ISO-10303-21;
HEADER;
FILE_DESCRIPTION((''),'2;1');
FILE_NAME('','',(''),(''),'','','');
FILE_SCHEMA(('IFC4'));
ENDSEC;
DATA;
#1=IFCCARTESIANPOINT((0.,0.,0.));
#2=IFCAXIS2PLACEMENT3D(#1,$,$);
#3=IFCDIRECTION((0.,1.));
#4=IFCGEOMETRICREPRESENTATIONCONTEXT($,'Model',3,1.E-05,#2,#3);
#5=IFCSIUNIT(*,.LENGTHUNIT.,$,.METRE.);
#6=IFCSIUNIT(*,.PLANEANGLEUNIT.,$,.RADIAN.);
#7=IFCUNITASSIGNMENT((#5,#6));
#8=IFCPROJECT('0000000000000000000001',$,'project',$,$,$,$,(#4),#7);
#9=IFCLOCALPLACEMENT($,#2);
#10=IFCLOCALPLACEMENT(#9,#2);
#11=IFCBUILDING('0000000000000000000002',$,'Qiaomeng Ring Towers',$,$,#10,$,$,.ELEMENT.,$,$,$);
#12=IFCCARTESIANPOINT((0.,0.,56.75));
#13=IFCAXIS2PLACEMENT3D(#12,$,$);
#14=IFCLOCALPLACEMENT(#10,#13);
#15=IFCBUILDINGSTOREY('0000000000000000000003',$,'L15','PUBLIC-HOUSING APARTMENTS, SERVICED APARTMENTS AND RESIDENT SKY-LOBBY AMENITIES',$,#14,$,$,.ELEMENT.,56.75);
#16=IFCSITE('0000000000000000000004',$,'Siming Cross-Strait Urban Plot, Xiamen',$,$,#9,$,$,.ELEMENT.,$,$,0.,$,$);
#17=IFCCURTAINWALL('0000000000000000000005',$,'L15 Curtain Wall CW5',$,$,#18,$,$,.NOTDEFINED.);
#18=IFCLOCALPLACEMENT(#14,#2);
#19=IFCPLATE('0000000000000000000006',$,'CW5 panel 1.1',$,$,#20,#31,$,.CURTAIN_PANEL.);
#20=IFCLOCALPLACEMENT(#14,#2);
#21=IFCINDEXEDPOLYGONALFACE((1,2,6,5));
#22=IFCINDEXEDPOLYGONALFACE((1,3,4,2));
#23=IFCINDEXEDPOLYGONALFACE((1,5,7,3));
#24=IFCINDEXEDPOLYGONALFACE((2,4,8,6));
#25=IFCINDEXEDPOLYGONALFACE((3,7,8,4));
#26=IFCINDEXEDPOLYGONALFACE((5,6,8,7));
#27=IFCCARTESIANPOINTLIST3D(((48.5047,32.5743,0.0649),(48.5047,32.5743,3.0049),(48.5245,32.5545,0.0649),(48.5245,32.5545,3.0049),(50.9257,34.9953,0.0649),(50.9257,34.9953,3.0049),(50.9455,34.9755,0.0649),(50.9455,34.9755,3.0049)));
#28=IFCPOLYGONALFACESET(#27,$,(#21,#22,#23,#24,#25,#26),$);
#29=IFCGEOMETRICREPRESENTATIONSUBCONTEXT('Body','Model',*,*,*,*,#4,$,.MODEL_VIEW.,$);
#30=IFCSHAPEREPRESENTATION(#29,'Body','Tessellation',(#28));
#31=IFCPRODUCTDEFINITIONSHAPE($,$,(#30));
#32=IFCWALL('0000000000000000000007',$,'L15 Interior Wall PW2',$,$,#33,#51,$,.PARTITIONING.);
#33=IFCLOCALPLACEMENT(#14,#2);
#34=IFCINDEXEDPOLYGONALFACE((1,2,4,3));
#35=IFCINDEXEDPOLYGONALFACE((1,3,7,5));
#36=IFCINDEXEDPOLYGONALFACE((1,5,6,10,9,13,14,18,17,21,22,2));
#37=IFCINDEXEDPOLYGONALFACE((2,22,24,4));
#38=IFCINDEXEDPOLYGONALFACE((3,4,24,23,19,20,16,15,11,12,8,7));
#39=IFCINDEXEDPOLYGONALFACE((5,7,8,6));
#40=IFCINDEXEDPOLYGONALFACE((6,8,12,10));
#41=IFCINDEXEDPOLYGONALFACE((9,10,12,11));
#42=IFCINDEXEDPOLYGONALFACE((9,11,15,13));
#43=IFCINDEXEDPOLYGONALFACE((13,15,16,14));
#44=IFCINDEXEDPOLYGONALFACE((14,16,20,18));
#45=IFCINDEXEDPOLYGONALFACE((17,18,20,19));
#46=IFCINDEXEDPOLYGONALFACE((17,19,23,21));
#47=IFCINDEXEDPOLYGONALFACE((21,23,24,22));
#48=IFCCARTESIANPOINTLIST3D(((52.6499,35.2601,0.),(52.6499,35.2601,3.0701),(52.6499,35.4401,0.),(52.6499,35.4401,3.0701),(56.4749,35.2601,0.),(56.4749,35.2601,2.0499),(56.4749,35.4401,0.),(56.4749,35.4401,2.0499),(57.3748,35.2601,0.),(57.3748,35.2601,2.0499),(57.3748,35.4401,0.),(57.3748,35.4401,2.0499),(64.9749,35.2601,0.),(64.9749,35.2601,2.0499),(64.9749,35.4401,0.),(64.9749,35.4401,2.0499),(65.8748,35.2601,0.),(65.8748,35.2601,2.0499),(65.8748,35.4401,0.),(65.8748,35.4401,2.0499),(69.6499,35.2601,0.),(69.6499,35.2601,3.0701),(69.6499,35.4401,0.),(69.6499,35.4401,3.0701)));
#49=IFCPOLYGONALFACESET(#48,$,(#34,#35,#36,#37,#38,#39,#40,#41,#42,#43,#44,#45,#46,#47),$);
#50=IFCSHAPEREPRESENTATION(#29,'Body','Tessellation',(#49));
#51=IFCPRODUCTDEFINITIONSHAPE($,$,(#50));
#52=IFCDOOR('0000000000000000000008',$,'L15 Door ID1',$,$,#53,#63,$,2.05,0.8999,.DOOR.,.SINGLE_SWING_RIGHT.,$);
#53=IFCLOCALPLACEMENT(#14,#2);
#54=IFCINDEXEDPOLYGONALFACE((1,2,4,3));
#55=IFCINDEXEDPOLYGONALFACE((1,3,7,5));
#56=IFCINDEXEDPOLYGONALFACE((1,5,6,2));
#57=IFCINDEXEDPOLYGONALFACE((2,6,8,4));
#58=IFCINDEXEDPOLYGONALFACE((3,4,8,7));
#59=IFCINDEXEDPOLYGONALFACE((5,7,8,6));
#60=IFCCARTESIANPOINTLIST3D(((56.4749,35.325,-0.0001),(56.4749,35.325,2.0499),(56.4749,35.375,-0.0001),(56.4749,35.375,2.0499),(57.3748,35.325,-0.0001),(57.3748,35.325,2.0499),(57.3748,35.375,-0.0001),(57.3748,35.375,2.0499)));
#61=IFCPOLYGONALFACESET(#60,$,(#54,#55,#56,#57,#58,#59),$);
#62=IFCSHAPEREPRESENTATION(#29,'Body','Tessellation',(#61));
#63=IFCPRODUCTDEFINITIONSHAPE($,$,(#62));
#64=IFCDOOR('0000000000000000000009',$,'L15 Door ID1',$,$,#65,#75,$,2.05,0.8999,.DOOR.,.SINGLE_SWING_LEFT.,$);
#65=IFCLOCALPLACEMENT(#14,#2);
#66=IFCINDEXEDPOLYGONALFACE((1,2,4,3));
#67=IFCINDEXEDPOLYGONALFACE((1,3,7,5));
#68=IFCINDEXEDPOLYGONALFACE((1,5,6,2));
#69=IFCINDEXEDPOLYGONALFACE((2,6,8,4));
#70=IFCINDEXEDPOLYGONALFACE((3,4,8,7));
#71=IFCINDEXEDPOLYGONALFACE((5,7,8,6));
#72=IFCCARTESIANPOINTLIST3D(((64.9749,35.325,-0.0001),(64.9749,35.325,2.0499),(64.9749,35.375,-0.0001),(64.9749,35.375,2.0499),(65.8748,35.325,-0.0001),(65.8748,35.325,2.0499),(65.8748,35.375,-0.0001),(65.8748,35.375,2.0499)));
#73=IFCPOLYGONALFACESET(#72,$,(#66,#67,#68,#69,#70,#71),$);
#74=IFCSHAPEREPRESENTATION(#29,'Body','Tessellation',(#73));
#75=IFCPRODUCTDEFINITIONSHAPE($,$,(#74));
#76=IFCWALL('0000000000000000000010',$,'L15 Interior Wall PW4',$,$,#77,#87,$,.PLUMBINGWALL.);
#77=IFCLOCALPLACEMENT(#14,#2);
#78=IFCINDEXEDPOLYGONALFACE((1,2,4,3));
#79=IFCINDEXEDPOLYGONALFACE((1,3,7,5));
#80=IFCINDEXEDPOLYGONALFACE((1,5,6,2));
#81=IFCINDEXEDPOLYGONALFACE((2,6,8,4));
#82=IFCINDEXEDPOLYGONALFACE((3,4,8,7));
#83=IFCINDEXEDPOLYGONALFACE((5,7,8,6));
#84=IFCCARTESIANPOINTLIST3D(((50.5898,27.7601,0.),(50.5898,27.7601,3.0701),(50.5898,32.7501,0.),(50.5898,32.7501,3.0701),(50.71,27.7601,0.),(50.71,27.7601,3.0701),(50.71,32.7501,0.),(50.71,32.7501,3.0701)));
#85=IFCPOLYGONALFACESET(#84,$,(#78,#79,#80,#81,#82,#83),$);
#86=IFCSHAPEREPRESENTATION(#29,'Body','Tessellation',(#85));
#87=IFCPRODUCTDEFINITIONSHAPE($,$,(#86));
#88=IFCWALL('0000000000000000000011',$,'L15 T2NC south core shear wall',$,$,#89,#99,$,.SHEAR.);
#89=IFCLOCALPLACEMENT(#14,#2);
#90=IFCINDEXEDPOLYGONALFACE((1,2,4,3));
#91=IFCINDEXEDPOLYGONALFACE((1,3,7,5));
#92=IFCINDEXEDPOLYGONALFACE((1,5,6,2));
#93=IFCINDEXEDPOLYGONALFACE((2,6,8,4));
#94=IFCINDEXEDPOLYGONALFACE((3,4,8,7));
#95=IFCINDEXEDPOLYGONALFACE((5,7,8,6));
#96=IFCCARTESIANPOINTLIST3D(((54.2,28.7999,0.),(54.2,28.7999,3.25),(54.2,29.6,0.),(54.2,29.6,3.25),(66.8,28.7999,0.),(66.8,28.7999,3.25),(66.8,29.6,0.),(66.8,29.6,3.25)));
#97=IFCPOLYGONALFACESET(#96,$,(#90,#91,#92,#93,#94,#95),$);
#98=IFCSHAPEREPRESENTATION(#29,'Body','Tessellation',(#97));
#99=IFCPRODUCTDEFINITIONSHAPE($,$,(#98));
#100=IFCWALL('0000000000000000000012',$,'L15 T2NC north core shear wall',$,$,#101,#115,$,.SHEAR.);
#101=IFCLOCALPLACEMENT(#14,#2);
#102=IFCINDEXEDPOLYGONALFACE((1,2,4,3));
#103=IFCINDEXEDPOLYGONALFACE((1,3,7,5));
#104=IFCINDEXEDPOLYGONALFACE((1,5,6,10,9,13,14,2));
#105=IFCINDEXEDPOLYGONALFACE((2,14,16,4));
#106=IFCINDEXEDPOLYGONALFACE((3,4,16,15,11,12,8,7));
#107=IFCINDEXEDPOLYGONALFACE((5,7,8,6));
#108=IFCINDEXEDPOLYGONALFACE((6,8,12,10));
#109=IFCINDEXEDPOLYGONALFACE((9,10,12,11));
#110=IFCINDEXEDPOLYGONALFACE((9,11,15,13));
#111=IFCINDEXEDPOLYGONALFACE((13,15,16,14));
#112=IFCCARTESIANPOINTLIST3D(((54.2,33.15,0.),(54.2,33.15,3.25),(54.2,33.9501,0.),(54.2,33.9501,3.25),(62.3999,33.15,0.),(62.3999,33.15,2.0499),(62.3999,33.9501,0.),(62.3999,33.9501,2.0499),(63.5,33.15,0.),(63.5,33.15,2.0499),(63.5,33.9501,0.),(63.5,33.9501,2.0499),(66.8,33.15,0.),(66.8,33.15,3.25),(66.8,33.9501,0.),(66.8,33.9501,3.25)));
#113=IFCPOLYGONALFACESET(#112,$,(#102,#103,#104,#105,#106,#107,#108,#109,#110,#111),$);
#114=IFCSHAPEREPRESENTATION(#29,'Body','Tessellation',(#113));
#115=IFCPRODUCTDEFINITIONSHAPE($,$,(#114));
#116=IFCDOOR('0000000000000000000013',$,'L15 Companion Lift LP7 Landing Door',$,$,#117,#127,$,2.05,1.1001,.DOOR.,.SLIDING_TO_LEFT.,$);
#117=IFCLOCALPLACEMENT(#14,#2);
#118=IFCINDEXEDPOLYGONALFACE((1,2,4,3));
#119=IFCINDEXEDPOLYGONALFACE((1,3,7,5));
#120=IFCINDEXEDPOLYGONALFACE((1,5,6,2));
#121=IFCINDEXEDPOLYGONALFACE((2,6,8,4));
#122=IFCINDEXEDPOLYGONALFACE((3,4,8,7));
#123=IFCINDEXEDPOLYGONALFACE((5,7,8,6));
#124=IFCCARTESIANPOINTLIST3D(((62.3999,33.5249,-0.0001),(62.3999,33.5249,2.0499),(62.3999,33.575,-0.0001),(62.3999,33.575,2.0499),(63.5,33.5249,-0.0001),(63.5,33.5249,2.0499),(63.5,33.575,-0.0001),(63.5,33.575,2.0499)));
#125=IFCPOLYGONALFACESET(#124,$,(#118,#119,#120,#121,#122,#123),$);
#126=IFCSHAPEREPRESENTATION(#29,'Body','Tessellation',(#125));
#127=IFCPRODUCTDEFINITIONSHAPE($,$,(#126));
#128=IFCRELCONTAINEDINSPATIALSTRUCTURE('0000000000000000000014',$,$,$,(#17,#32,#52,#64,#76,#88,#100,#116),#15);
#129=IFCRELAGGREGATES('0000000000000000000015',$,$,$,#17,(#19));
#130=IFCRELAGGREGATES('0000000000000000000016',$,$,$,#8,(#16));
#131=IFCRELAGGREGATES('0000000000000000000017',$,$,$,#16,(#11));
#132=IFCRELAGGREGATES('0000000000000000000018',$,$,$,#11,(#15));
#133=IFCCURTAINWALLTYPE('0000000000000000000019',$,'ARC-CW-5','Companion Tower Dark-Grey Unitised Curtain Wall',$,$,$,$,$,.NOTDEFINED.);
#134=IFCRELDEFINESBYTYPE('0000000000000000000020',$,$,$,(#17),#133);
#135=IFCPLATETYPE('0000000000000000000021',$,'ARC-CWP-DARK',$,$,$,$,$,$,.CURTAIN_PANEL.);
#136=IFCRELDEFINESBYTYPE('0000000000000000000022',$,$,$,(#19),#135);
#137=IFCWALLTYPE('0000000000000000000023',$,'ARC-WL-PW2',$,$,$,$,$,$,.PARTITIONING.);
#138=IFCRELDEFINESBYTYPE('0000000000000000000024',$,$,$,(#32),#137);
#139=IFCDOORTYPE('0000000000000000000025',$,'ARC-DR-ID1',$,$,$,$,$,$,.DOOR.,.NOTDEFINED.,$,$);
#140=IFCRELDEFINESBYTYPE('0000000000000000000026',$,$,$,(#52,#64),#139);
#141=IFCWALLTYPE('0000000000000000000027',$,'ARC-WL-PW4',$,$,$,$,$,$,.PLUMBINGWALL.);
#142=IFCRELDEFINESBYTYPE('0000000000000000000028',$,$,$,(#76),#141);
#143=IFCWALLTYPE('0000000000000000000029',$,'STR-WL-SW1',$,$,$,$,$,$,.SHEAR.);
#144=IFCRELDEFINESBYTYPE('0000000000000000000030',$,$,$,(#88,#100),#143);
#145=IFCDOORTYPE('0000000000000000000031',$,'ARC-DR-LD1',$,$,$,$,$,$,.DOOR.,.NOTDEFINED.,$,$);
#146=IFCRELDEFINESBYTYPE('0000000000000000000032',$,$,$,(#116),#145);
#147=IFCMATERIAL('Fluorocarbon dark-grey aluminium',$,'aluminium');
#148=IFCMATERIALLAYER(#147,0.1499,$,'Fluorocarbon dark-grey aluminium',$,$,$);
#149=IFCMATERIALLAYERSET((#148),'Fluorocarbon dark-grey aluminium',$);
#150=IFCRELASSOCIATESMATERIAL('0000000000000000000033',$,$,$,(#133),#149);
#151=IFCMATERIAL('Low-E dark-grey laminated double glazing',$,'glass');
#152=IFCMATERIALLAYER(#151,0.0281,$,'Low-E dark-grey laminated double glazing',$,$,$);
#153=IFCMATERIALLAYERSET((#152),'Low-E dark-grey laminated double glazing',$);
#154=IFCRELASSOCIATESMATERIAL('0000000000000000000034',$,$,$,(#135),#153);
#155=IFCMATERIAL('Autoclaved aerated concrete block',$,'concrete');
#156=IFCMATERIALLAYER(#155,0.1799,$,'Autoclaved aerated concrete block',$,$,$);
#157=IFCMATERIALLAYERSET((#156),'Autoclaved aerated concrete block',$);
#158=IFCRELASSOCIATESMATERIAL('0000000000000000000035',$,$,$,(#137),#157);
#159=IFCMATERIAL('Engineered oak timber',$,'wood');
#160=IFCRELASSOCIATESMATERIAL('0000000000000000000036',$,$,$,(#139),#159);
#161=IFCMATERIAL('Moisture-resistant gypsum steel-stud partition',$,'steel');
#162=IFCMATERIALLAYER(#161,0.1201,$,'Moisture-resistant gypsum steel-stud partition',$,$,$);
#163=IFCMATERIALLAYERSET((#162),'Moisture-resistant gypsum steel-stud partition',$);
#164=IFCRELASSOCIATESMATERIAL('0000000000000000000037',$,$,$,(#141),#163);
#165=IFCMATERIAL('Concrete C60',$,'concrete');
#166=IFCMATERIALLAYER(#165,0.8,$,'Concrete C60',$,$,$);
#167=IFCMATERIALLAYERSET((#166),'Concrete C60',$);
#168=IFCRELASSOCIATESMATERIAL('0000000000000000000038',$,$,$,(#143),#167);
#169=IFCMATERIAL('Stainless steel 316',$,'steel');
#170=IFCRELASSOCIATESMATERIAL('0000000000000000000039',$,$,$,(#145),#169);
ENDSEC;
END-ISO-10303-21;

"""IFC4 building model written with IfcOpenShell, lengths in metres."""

from ifc_helpers import new_model, si_unit, direction, frame, frame_2d, origin, origin_2d, place, context, subcontext, project, spatial, rectangle, extrude, source, transform, mapped, material, layer, layer_set, type_object, element, fill, aggregate, save


model = new_model("IFC4")

# Units and contexts
model_context = context("Model", 3, precision=1e-05, world=origin(), true_north=direction((0.0, 1.0)))
body_context = subcontext(model_context, "Body", "Model", "MODEL_VIEW")
ifc_project = project(units=[si_unit("LENGTHUNIT", "METRE"), si_unit("PLANEANGLEUNIT", "RADIAN")], contexts=[model_context])

# Site, building, storey
site_placement = place(None, origin())
site = spatial("IfcSite", under=ifc_project, at=site_placement, Name="Siming Cross-Strait Urban Plot, Xiamen", CompositionType="ELEMENT", RefElevation=0.0)
building_placement = place(site_placement, origin())
building = spatial("IfcBuilding", under=site, at=building_placement, Name="Qiaomeng Ring Towers", CompositionType="ELEMENT")
storey_placement = place(building_placement, frame((0.0, 0.0, 56.75)))
storey = spatial("IfcBuildingStorey", under=building, at=storey_placement, Name="L15", Description="PUBLIC-HOUSING APARTMENTS, SERVICED APARTMENTS AND RESIDENT SKY-LOBBY AMENITIES", CompositionType="ELEMENT", Elevation=56.75)

# Shared definitions
ifc_material_1 = material(Name="Concrete C60", Category="concrete")

# Shared definitions
ifc_material_2 = material(Name="Fluorocarbon dark-grey aluminium", Category="aluminium")

# Shared definitions
ifc_layer_1 = layer(ifc_material_2, 0.1499, Name="Fluorocarbon dark-grey aluminium")
ifc_layer_set_1 = layer_set([ifc_layer_1], Name="Fluorocarbon dark-grey aluminium")
curtain_wall_type_1 = type_object("IfcCurtainWallType", Name="ARC-CW-5", Description="Companion Tower Dark-Grey Unitised Curtain Wall", PredefinedType="NOTDEFINED", material=ifc_layer_set_1)

# Curtain wall
curtain_wall_1_placement = place(storey_placement, origin())
curtain_wall_1 = element("IfcCurtainWall", 1, at=curtain_wall_1_placement, inside=storey, type_object=curtain_wall_type_1, Name="L15 Curtain Wall CW5", PredefinedType="NOTDEFINED")

# Plate
ifc_material_3 = material(Name="Low-E dark-grey laminated double glazing", Category="glass")
ifc_layer_2 = layer(ifc_material_3, 0.0281, Name="Low-E dark-grey laminated double glazing")
ifc_layer_set_2 = layer_set([ifc_layer_2], Name="Low-E dark-grey laminated double glazing")
plate_type = type_object("IfcPlateType", Name="ARC-CWP-DARK", PredefinedType="CURTAIN_PANEL", material=ifc_layer_set_2)
shared_shape_1 = source(origin(), body_context, "Body", "SweptSolid", [
    extrude(rectangle(XDim=3.4238, YDim=0.0281, at=origin_2d()), origin(), (0.0, 0.0, 1.0), 2.9399),
])
plate_1_placement = place(storey_placement, frame((49.7251, 33.7749, 0.0649), z_axis=(0.0, 0.0, 1.0), x_axis=(-0.707107, -0.707107, 0.0)))
plate_1 = element("IfcPlate", 2, at=plate_1_placement, type_object=plate_type, Name="CW5 panel 1.1", PredefinedType="CURTAIN_PANEL", context=body_context, shape_type="MappedRepresentation", body=[
    mapped(shared_shape_1, transform((0.0, 0.0, 0.0), x_axis=(1.0, 0.0, 0.0), y_axis=(0.0, 1.0, 0.0), z_axis=(0.0, 0.0, 1.0), scale=1.0)),
])
aggregate(curtain_wall_1, [plate_1])

# Wall, openings, doors
ifc_material_4 = material(Name="Autoclaved aerated concrete block", Category="concrete")
ifc_layer_3 = layer(ifc_material_4, 0.1799, Name="Autoclaved aerated concrete block")
ifc_layer_set_3 = layer_set([ifc_layer_3], Name="Autoclaved aerated concrete block")
wall_type_1 = type_object("IfcWallType", Name="ARC-WL-PW2", PredefinedType="PARTITIONING", material=ifc_layer_set_3)
wall_1_placement = place(storey_placement, frame((52.6499, 35.3501, 0.0), z_axis=(0.0, 0.0, 1.0), x_axis=(1.0, 0.0, 0.0)))
wall_1 = element("IfcWall", 3, at=wall_1_placement, inside=storey, type_object=wall_type_1, Name="L15 Interior Wall PW2", PredefinedType="PARTITIONING", context=body_context, shape_type="SweptSolid", body=[
    extrude(rectangle(XDim=17.0, YDim=0.1799, at=frame_2d((8.5, 0.0))), origin(), (0.0, 0.0, 1.0), 3.0701),
])
opening_1_placement = place(wall_1_placement, frame((3.825, 0.0, 0.0)))
opening_1 = element("IfcOpeningElement", 4, at=opening_1_placement, cuts=wall_1, PredefinedType="OPENING", context=body_context, shape_type="SweptSolid", body=[
    extrude(rectangle(XDim=0.8999, YDim=2.05, at=frame_2d((0.45, 1.0249))), frame((0.0, 0.0999, 0.0), z_axis=(0.0, -1.0, 0.0), x_axis=(1.0, 0.0, 0.0)), (0.0, 0.0, 1.0), 0.2),
])
opening_2_placement = place(wall_1_placement, frame((12.325, 0.0, 0.0)))
opening_2 = element("IfcOpeningElement", 5, at=opening_2_placement, cuts=wall_1, PredefinedType="OPENING", context=body_context, shape_type="SweptSolid", body=[
    extrude(rectangle(XDim=0.8999, YDim=2.05, at=frame_2d((0.45, 1.0249))), frame((0.0, 0.0999, 0.0), z_axis=(0.0, -1.0, 0.0), x_axis=(1.0, 0.0, 0.0)), (0.0, 0.0, 1.0), 0.2),
])
ifc_material_5 = material(Name="Engineered oak timber", Category="wood")
door_type_1 = type_object("IfcDoorType", Name="ARC-DR-ID1", OperationType="NOTDEFINED", PredefinedType="DOOR", material=ifc_material_5)
shared_shape_2 = source(origin(), body_context, "Body", "SweptSolid", [
    extrude(rectangle(XDim=0.8999, YDim=2.05, at=frame_2d((0.45, 1.0249))), frame((0.0, 0.0249, 0.0), z_axis=(0.0, -1.0, 0.0), x_axis=(1.0, 0.0, 0.0)), (0.0, 0.0, 1.0), 0.05),
])
door_1_placement = place(opening_1_placement, origin())
door_1 = element("IfcDoor", 6, at=door_1_placement, inside=storey, type_object=door_type_1, Name="L15 Door ID1", OperationType="SINGLE_SWING_RIGHT", OverallHeight=2.05, OverallWidth=0.8999, PredefinedType="DOOR", context=body_context, shape_type="MappedRepresentation", body=[
    mapped(shared_shape_2, transform((0.0, 0.0, 0.0), x_axis=(1.0, 0.0, 0.0), y_axis=(0.0, 1.0, 0.0), z_axis=(0.0, 0.0, 1.0), scale=1.0)),
])
fill(opening_1, door_1)
door_2_placement = place(opening_2_placement, origin())
door_2 = element("IfcDoor", 7, at=door_2_placement, inside=storey, type_object=door_type_1, Name="L15 Door ID1", OperationType="SINGLE_SWING_LEFT", OverallHeight=2.05, OverallWidth=0.8999, PredefinedType="DOOR", context=body_context, shape_type="MappedRepresentation", body=[
    mapped(shared_shape_2, transform((0.0, 0.0, 0.0), x_axis=(1.0, 0.0, 0.0), y_axis=(0.0, 1.0, 0.0), z_axis=(0.0, 0.0, 1.0), scale=1.0)),
])
fill(opening_2, door_2)

# Walls
ifc_material_6 = material(Name="Moisture-resistant gypsum steel-stud partition", Category="steel")
ifc_layer_4 = layer(ifc_material_6, 0.1201, Name="Moisture-resistant gypsum steel-stud partition")
ifc_layer_set_4 = layer_set([ifc_layer_4], Name="Moisture-resistant gypsum steel-stud partition")
wall_type_2 = type_object("IfcWallType", Name="ARC-WL-PW4", PredefinedType="PLUMBINGWALL", material=ifc_layer_set_4)
wall_2_placement = place(storey_placement, frame((50.6499, 27.76, 0.0), z_axis=(0.0, 0.0, 1.0), x_axis=(0.0, 1.0, 0.0)))
element("IfcWall", 8, at=wall_2_placement, inside=storey, type_object=wall_type_2, Name="L15 Interior Wall PW4", PredefinedType="PLUMBINGWALL", context=body_context, shape_type="SweptSolid", body=[
    extrude(rectangle(XDim=4.99, YDim=0.1201, at=frame_2d((2.4951, 0.0))), origin(), (0.0, 0.0, 1.0), 3.0701),
])
ifc_layer_5 = layer(ifc_material_1, 0.8, Name="Concrete C60")
ifc_layer_set_5 = layer_set([ifc_layer_5], Name="Concrete C60")
wall_type_3 = type_object("IfcWallType", Name="STR-WL-SW1", PredefinedType="SHEAR", material=ifc_layer_set_5)
wall_3_placement = place(storey_placement, frame((54.2, 29.2, 0.0), z_axis=(0.0, 0.0, 1.0), x_axis=(1.0, 0.0, 0.0)))
element("IfcWall", 9, at=wall_3_placement, inside=storey, type_object=wall_type_3, Name="L15 T2NC south core shear wall", PredefinedType="SHEAR", context=body_context, shape_type="SweptSolid", body=[
    extrude(rectangle(XDim=12.6001, YDim=0.8, at=frame_2d((6.3, 0.0))), origin(), (0.0, 0.0, 1.0), 3.25),
])

# Wall, opening, door
wall_4_placement = place(storey_placement, frame((54.2, 33.55, 0.0), z_axis=(0.0, 0.0, 1.0), x_axis=(1.0, 0.0, 0.0)))
wall_4 = element("IfcWall", 10, at=wall_4_placement, inside=storey, type_object=wall_type_3, Name="L15 T2NC north core shear wall", PredefinedType="SHEAR", context=body_context, shape_type="SweptSolid", body=[
    extrude(rectangle(XDim=12.6001, YDim=0.8, at=frame_2d((6.3, 0.0))), origin(), (0.0, 0.0, 1.0), 3.25),
])
opening_3_placement = place(wall_4_placement, frame((8.2, 0.0, 0.0)))
opening_3 = element("IfcOpeningElement", 11, at=opening_3_placement, cuts=wall_4, PredefinedType="OPENING", context=body_context, shape_type="SweptSolid", body=[
    extrude(rectangle(XDim=1.1001, YDim=2.05, at=frame_2d((0.55, 1.0249))), frame((0.0, 0.4099, 0.0), z_axis=(0.0, -1.0, 0.0), x_axis=(1.0, 0.0, 0.0)), (0.0, 0.0, 1.0), 0.8201),
])
ifc_material_7 = material(Name="Stainless steel 316", Category="steel")
door_type_2 = type_object("IfcDoorType", Name="ARC-DR-LD1", OperationType="NOTDEFINED", PredefinedType="DOOR", material=ifc_material_7)
shared_shape_3 = source(origin(), body_context, "Body", "SweptSolid", [
    extrude(rectangle(XDim=1.1001, YDim=2.05, at=frame_2d((0.55, 1.0249))), frame((0.0, 0.0249, 0.0), z_axis=(0.0, -1.0, 0.0), x_axis=(1.0, 0.0, 0.0)), (0.0, 0.0, 1.0), 0.05),
])
door_3_placement = place(opening_3_placement, origin())
door_3 = element("IfcDoor", 12, at=door_3_placement, inside=storey, type_object=door_type_2, Name="L15 Companion Lift LP7 Landing Door", OperationType="SLIDING_TO_LEFT", OverallHeight=2.05, OverallWidth=1.1001, PredefinedType="DOOR", context=body_context, shape_type="MappedRepresentation", body=[
    mapped(shared_shape_3, transform((0.0, 0.0, 0.0), x_axis=(1.0, 0.0, 0.0), y_axis=(0.0, 1.0, 0.0), z_axis=(0.0, 0.0, 1.0), scale=1.0)),
])
fill(opening_3, door_3)

save(model, "model.ifc")
